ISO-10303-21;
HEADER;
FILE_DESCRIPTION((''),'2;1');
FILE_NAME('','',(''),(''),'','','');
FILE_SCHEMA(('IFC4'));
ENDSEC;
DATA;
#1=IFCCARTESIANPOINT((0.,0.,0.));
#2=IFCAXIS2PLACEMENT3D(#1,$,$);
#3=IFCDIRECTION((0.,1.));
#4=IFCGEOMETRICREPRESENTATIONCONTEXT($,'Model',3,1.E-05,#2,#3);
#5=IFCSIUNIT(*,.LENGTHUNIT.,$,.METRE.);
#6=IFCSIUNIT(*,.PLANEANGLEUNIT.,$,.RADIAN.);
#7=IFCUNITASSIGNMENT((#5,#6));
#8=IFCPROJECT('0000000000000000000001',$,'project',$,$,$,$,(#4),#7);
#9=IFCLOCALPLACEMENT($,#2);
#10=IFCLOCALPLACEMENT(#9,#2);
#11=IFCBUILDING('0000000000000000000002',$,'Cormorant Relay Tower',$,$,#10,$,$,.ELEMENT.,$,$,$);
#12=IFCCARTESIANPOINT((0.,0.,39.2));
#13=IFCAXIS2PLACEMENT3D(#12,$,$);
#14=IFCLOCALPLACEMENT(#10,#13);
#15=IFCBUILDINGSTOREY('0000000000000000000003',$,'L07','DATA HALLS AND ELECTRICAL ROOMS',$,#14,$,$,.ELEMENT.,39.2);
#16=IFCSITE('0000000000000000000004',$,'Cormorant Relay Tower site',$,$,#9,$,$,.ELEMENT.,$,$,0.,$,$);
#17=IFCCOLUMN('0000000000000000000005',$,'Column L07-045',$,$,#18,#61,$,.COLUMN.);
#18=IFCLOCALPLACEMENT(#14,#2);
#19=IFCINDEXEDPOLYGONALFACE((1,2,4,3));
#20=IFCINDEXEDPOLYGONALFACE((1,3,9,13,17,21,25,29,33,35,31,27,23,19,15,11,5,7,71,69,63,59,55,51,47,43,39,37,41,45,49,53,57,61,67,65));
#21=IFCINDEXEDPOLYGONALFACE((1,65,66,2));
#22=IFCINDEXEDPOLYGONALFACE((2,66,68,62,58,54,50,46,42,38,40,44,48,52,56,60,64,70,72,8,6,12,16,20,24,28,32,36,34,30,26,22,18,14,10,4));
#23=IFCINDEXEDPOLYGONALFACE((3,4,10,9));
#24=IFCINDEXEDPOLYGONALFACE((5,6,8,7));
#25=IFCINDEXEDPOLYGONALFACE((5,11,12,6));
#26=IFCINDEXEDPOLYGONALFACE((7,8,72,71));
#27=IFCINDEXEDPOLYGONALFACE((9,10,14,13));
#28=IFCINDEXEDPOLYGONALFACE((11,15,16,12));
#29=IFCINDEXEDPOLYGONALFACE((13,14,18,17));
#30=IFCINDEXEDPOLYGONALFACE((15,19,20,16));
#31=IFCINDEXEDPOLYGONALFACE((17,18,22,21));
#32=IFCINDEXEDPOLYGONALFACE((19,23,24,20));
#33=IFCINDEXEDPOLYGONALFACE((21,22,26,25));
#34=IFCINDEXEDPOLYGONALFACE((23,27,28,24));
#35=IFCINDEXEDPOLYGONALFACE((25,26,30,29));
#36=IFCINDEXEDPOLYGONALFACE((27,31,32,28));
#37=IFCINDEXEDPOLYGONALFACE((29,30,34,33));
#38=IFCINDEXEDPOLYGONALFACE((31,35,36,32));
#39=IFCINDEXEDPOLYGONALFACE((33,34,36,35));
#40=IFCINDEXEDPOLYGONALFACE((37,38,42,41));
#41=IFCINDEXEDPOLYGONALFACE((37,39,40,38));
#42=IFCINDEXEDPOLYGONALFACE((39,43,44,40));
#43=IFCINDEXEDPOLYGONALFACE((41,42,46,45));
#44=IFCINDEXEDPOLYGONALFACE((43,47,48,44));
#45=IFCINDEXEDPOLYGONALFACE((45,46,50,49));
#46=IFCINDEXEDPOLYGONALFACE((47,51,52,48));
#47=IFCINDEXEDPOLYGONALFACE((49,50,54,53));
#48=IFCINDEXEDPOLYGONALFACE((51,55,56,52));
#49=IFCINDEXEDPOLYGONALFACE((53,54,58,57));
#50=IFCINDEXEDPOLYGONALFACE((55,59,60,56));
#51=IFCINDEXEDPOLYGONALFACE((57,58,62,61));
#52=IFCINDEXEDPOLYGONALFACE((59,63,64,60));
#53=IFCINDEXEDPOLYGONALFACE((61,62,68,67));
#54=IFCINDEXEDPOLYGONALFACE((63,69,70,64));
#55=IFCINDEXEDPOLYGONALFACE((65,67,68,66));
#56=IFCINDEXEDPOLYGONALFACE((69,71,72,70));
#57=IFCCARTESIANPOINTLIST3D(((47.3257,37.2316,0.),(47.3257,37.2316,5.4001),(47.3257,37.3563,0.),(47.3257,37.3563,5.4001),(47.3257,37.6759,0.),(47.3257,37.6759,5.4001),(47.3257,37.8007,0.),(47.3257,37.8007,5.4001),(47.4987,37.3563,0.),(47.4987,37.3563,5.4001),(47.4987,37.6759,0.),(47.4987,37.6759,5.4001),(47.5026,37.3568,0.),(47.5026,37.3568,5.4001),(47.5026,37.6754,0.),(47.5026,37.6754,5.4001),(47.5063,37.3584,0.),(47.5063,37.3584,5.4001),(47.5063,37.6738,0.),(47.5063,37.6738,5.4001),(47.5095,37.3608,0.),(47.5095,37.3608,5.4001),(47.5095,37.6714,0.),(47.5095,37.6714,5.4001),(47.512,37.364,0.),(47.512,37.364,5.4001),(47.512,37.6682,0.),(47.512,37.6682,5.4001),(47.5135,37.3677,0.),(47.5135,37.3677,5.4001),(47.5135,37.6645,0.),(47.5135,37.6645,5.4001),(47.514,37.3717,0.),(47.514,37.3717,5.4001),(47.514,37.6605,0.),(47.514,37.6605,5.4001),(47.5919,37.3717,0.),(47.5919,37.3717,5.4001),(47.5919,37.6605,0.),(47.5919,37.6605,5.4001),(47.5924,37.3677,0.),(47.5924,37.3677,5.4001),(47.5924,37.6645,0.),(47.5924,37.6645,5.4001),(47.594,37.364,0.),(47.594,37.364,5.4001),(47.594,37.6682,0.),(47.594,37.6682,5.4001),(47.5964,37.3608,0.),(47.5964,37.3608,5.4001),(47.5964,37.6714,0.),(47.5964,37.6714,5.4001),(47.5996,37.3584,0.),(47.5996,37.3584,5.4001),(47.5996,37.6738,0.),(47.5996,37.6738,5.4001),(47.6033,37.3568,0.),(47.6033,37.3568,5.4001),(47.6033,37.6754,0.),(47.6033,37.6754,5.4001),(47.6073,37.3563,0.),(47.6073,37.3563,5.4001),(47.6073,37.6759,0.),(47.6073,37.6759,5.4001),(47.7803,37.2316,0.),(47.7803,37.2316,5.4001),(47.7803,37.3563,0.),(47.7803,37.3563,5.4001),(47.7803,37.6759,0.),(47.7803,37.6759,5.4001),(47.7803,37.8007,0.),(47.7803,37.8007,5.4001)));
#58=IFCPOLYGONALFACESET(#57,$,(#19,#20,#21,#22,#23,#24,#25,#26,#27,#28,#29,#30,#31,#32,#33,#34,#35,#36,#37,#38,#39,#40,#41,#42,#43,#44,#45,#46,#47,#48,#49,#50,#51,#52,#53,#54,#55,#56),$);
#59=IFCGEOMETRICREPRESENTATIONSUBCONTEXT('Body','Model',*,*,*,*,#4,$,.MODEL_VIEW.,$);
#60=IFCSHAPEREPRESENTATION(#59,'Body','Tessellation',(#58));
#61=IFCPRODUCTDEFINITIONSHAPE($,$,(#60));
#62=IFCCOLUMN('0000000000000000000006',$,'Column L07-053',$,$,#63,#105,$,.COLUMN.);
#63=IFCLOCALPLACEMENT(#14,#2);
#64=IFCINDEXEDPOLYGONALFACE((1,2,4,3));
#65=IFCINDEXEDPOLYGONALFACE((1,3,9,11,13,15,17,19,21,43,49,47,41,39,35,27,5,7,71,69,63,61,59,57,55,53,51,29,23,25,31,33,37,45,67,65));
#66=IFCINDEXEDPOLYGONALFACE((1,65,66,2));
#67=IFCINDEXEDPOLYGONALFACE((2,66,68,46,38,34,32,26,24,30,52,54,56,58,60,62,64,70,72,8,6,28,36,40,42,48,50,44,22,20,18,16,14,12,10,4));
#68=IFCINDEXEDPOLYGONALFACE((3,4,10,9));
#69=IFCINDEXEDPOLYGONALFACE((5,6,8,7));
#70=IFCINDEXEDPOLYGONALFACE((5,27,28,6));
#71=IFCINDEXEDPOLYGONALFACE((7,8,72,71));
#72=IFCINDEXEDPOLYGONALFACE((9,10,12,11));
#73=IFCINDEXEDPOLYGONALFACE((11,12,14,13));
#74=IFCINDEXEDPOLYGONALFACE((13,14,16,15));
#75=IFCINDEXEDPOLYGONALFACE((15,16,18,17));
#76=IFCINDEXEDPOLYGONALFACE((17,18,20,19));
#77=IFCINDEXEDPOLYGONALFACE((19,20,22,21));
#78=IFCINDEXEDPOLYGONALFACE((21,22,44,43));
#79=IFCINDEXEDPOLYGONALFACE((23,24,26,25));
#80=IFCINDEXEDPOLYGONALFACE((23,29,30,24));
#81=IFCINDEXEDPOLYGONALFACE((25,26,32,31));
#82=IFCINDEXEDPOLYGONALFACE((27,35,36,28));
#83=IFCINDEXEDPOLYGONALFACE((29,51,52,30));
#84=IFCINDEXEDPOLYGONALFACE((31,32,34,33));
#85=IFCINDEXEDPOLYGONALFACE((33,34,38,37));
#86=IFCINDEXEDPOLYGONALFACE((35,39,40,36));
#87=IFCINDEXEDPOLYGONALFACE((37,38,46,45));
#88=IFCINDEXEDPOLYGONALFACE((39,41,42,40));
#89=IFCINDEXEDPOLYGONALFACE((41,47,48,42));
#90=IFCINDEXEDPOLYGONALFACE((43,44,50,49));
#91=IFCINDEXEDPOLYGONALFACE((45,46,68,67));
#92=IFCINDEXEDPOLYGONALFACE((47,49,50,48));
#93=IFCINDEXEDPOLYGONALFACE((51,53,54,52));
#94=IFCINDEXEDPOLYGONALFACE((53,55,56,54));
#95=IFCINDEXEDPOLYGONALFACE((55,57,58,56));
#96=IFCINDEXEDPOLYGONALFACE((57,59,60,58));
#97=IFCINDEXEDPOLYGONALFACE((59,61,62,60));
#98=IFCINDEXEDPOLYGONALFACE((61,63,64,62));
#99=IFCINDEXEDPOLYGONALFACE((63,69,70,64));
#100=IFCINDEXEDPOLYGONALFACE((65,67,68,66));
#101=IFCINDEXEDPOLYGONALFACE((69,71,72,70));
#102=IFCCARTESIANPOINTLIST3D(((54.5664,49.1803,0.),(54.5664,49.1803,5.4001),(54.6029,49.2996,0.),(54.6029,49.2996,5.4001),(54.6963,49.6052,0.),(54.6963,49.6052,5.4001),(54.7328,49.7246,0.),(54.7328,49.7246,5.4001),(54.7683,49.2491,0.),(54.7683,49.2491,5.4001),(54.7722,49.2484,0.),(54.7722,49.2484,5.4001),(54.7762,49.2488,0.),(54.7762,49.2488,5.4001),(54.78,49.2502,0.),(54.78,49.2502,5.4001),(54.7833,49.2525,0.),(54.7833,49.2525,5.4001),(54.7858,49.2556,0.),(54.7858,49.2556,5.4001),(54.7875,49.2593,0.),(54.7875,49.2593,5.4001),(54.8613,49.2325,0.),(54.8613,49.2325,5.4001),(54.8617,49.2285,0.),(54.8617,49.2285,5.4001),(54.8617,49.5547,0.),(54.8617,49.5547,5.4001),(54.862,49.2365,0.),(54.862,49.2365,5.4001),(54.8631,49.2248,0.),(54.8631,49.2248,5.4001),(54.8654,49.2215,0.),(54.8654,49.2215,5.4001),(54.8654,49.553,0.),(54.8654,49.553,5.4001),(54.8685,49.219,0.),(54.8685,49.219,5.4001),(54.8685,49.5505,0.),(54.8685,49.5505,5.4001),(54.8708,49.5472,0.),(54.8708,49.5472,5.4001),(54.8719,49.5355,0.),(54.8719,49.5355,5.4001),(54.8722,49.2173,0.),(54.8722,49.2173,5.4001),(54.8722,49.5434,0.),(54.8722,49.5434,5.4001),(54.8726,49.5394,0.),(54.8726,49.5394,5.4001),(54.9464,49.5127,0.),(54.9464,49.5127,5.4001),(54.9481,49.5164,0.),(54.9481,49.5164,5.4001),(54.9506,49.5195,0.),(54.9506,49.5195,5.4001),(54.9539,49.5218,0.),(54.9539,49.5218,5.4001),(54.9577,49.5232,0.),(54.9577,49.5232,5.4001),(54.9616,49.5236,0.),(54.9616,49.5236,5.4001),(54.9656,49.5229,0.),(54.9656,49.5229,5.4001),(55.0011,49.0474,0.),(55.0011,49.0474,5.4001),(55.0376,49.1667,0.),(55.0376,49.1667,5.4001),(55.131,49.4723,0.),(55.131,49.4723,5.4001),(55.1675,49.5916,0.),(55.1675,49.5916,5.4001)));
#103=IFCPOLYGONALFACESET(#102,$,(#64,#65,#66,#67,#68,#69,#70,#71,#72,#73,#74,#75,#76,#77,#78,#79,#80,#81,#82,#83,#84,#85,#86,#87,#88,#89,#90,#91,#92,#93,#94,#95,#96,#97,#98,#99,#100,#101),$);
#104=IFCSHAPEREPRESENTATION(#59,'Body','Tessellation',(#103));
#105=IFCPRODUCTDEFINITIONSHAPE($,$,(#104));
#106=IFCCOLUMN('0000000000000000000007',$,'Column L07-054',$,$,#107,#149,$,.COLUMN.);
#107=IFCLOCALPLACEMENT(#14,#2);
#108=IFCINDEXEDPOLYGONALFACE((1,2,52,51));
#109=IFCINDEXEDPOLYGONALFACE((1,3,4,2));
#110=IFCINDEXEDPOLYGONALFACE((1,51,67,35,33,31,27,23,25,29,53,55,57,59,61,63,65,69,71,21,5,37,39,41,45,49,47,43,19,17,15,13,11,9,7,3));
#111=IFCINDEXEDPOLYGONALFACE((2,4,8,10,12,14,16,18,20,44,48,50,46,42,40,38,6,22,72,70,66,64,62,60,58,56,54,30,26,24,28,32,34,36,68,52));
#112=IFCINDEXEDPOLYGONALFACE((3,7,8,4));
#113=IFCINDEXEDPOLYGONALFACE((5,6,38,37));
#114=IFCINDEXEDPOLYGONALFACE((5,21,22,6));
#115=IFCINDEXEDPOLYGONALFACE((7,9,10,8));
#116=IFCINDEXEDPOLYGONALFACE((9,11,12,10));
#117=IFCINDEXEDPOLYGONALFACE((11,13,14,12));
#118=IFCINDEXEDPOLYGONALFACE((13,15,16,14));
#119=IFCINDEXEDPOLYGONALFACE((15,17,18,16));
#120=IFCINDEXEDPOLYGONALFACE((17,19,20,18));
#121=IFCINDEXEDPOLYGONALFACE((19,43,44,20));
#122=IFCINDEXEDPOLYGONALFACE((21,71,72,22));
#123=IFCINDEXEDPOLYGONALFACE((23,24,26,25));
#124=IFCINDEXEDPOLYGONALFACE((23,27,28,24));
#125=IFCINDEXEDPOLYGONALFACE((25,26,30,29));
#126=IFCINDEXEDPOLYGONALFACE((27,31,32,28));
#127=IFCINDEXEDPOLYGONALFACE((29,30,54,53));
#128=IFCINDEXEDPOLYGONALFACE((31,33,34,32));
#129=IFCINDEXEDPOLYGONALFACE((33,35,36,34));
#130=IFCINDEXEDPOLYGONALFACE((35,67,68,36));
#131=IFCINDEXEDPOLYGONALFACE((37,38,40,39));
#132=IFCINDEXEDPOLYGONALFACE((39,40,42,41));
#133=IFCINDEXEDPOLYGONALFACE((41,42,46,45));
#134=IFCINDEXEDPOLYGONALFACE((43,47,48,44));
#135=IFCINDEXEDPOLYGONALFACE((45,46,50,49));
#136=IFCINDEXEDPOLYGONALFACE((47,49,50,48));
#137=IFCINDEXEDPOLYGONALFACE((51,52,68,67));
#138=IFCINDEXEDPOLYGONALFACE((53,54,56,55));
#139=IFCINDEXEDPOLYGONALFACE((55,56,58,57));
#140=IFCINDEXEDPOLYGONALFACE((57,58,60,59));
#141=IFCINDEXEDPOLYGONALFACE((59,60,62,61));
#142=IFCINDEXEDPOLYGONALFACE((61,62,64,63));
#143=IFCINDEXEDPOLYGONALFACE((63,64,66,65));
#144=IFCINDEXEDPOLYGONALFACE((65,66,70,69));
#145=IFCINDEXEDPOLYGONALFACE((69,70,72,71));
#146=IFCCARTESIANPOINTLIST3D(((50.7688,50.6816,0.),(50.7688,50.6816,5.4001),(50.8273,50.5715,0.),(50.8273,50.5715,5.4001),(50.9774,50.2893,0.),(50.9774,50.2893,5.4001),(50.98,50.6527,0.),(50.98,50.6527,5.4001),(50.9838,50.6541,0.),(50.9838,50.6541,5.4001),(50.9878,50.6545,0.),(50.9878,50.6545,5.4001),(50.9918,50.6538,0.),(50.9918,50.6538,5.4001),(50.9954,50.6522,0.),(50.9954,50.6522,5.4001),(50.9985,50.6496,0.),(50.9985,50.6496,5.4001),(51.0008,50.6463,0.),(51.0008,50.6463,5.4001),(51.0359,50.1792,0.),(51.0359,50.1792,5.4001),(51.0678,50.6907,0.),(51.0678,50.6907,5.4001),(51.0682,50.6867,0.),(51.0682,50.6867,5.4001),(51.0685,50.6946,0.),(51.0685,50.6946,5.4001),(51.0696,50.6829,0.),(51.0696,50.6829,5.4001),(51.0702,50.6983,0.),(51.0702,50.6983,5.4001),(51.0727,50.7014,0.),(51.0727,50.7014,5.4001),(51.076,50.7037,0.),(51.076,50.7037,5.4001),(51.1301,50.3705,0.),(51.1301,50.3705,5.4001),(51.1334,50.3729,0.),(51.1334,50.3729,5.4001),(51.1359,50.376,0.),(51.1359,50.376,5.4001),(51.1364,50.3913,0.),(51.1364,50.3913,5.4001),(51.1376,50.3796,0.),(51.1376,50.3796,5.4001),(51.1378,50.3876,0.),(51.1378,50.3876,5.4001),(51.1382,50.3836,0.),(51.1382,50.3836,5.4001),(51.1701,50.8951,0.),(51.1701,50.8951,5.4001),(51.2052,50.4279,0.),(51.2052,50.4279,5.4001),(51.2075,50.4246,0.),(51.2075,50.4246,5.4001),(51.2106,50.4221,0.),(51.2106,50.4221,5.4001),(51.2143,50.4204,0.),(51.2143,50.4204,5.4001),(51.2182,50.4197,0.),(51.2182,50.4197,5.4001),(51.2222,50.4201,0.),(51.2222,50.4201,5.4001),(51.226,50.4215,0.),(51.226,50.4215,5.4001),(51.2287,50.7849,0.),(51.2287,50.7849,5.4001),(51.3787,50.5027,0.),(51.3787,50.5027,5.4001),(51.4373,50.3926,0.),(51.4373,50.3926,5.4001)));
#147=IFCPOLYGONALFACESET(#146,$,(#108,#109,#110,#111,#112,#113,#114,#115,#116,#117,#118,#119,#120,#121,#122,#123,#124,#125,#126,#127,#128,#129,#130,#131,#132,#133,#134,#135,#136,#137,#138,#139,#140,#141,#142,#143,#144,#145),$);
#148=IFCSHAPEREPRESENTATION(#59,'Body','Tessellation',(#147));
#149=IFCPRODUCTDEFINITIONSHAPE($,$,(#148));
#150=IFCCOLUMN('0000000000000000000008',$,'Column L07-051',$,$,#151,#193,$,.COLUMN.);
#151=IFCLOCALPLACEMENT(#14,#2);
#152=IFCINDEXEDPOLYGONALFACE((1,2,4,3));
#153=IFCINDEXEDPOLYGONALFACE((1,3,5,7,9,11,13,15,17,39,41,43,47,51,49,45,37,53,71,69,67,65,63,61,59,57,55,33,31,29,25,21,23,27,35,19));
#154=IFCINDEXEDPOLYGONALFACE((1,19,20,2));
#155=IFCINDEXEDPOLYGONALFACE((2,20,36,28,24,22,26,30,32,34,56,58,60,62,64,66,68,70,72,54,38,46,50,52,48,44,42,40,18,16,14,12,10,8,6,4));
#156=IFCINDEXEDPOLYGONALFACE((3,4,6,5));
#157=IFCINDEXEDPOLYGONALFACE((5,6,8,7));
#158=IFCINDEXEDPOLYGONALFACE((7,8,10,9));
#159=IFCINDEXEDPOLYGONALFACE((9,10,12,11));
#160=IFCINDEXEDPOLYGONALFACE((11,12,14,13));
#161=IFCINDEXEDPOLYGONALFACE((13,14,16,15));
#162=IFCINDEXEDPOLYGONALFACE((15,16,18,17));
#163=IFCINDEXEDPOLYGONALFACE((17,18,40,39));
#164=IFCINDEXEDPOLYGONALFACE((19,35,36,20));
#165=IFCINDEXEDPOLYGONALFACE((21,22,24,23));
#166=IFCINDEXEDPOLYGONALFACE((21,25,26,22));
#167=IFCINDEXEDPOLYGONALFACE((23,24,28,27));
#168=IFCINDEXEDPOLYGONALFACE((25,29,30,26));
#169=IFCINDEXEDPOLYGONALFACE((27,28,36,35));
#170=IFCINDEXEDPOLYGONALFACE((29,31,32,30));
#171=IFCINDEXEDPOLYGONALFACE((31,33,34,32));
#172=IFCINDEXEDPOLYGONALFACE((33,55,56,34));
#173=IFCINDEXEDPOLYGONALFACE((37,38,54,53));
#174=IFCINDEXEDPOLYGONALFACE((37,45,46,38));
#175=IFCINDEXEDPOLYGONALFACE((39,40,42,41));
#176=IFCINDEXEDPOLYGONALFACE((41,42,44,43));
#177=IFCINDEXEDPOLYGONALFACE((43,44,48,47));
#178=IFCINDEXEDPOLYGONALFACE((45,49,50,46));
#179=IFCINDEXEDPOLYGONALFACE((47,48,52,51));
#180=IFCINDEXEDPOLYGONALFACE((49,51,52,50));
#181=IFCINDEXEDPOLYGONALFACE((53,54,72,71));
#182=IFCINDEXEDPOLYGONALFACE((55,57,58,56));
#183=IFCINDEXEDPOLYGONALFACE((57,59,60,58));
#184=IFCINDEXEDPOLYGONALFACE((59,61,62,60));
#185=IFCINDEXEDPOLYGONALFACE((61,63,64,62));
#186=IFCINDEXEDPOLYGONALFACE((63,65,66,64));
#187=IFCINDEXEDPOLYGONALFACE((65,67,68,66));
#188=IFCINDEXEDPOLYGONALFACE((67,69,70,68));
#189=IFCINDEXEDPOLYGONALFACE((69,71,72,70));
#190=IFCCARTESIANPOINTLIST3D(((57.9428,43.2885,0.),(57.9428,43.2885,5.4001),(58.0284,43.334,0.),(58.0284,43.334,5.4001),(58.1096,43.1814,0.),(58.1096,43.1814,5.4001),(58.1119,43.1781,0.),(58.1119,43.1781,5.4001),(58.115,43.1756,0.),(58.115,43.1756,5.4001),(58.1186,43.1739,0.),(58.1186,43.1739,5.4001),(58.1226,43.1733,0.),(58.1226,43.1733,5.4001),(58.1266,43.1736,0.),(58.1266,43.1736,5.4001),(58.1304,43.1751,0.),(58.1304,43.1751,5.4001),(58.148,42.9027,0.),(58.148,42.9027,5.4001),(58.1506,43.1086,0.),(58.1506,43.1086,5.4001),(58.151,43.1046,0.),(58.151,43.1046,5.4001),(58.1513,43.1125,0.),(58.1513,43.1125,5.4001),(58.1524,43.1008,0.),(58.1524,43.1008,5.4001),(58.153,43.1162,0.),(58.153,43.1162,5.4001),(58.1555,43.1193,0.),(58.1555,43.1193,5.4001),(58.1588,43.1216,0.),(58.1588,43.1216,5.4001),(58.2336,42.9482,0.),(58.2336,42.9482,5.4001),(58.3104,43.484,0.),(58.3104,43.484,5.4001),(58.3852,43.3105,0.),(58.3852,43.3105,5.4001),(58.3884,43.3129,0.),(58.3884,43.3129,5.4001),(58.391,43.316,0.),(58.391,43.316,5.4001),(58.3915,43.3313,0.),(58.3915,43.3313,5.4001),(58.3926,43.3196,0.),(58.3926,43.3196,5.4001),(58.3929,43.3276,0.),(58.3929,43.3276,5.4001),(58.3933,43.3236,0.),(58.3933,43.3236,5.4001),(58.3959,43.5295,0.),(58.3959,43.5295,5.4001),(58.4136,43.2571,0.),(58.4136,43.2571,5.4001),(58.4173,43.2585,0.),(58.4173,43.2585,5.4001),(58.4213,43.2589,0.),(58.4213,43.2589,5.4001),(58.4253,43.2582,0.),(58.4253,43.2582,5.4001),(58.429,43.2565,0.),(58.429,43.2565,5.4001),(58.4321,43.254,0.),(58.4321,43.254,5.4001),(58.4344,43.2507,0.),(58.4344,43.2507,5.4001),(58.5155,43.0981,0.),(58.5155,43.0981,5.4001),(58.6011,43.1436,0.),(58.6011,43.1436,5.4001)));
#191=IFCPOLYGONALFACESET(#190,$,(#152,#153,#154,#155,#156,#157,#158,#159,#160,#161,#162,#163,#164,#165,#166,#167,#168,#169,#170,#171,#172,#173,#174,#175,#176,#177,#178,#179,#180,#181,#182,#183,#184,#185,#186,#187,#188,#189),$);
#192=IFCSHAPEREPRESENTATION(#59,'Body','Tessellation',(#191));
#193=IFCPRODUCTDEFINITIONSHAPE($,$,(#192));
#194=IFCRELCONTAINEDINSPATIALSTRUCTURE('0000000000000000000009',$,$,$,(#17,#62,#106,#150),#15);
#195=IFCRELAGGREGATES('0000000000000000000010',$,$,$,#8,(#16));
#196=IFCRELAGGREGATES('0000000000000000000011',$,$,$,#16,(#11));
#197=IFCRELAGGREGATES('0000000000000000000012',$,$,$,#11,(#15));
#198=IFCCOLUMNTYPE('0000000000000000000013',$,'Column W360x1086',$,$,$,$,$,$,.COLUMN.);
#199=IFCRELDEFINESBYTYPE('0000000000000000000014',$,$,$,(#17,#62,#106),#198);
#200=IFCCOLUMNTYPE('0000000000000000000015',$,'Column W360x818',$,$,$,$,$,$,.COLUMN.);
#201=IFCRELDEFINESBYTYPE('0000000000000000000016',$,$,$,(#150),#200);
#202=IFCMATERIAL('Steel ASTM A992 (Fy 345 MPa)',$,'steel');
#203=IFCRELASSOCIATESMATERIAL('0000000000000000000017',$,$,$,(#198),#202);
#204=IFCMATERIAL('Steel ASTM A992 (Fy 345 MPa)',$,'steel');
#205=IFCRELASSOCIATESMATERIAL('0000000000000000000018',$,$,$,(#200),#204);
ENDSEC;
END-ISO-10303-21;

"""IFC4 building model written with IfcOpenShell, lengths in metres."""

from ifc_helpers import new_model, si_unit, direction, frame, origin, origin_2d, place, context, subcontext, project, spatial, i_section, extrude, material, material_profile, profile_set, type_object, element, save


model = new_model("IFC4")

# Units and contexts
model_context = context("Model", 3, precision=1e-05, world=origin(), true_north=direction((0.0, 1.0)))
body_context = subcontext(model_context, "Body", "Model", "MODEL_VIEW")
ifc_project = project(units=[si_unit("LENGTHUNIT", "METRE"), si_unit("PLANEANGLEUNIT", "RADIAN")], contexts=[model_context])

# Site, building, storey
site_placement = place(None, origin())
site = spatial("IfcSite", under=ifc_project, at=site_placement, Name="Cormorant Relay Tower site", CompositionType="ELEMENT", RefElevation=0.0)
building_placement = place(site_placement, origin())
building = spatial("IfcBuilding", under=site, at=building_placement, Name="Cormorant Relay Tower", CompositionType="ELEMENT")
storey_placement = place(building_placement, frame((0.0, 0.0, 39.2)))
storey = spatial("IfcBuildingStorey", under=building, at=storey_placement, Name="L07", Description="DATA HALLS AND ELECTRICAL ROOMS", CompositionType="ELEMENT", Elevation=39.2)

# Columns
ifc_material_1 = material(Name="Steel ASTM A992 (Fy 345 MPa)", Category="steel")
ifc_material_profile_1 = material_profile(ifc_material_1, i_section(OverallWidth=0.4546, OverallDepth=0.5691, WebThickness=0.0779, FlangeThickness=0.1248, FilletRadius=0.0154, at=origin_2d()), Name="W360x1086")
ifc_profile_set_1 = profile_set([ifc_material_profile_1], Name="Steel ASTM A992 (Fy 345 MPa)")
column_type_1 = type_object("IfcColumnType", Name="Column W360x1086", PredefinedType="COLUMN", material=ifc_profile_set_1)
for number, where, z_axis, x_axis, name in (
    (1, (47.553, 37.5161, 0.0), (0.0, 0.0, 1.0), (1.0, 0.0, 0.0), "Column L07-045"),
    (2, (54.8669, 49.386, 0.0), (0.0, 0.0, 1.0), (-0.956305, 0.292372, 0.0), "Column L07-053"),
    (3, (51.103, 50.5371, 0.0), (0.0, 0.0, 1.0), (-0.882948, -0.469472, 0.0), "Column L07-054"),
):
    element("IfcColumn", number, at=place(storey_placement, frame(where, z_axis=z_axis, x_axis=x_axis)), inside=storey, type_object=column_type_1, Name=name, PredefinedType="COLUMN", context=body_context, shape_type="SweptSolid", body=[
        extrude(i_section(OverallWidth=0.4546, OverallDepth=0.5691, WebThickness=0.0779, FlangeThickness=0.1248, FilletRadius=0.0154, at=origin_2d()), origin(), (0.0, 0.0, 1.0), 5.4001),
    ])
ifc_material_2 = material(Name="Steel ASTM A992 (Fy 345 MPa)", Category="steel")
ifc_material_profile_2 = material_profile(ifc_material_2, i_section(OverallWidth=0.437, OverallDepth=0.5132, WebThickness=0.0605, FlangeThickness=0.0969, FilletRadius=0.0154, at=origin_2d()), Name="W360x818")
ifc_profile_set_2 = profile_set([ifc_material_profile_2], Name="Steel ASTM A992 (Fy 345 MPa)")
column_type_2 = type_object("IfcColumnType", Name="Column W360x818", PredefinedType="COLUMN", material=ifc_profile_set_2)
column_placement = place(storey_placement, frame((58.272, 43.2161, 0.0), z_axis=(0.0, 0.0, 1.0), x_axis=(-0.469472, 0.882948, 0.0)))
element("IfcColumn", 4, at=column_placement, inside=storey, type_object=column_type_2, Name="Column L07-051", PredefinedType="COLUMN", context=body_context, shape_type="SweptSolid", body=[
    extrude(i_section(OverallWidth=0.437, OverallDepth=0.5132, WebThickness=0.0605, FlangeThickness=0.0969, FilletRadius=0.0154, at=origin_2d()), origin(), (0.0, 0.0, 1.0), 5.4001),
])

save(model, "model.ifc")
